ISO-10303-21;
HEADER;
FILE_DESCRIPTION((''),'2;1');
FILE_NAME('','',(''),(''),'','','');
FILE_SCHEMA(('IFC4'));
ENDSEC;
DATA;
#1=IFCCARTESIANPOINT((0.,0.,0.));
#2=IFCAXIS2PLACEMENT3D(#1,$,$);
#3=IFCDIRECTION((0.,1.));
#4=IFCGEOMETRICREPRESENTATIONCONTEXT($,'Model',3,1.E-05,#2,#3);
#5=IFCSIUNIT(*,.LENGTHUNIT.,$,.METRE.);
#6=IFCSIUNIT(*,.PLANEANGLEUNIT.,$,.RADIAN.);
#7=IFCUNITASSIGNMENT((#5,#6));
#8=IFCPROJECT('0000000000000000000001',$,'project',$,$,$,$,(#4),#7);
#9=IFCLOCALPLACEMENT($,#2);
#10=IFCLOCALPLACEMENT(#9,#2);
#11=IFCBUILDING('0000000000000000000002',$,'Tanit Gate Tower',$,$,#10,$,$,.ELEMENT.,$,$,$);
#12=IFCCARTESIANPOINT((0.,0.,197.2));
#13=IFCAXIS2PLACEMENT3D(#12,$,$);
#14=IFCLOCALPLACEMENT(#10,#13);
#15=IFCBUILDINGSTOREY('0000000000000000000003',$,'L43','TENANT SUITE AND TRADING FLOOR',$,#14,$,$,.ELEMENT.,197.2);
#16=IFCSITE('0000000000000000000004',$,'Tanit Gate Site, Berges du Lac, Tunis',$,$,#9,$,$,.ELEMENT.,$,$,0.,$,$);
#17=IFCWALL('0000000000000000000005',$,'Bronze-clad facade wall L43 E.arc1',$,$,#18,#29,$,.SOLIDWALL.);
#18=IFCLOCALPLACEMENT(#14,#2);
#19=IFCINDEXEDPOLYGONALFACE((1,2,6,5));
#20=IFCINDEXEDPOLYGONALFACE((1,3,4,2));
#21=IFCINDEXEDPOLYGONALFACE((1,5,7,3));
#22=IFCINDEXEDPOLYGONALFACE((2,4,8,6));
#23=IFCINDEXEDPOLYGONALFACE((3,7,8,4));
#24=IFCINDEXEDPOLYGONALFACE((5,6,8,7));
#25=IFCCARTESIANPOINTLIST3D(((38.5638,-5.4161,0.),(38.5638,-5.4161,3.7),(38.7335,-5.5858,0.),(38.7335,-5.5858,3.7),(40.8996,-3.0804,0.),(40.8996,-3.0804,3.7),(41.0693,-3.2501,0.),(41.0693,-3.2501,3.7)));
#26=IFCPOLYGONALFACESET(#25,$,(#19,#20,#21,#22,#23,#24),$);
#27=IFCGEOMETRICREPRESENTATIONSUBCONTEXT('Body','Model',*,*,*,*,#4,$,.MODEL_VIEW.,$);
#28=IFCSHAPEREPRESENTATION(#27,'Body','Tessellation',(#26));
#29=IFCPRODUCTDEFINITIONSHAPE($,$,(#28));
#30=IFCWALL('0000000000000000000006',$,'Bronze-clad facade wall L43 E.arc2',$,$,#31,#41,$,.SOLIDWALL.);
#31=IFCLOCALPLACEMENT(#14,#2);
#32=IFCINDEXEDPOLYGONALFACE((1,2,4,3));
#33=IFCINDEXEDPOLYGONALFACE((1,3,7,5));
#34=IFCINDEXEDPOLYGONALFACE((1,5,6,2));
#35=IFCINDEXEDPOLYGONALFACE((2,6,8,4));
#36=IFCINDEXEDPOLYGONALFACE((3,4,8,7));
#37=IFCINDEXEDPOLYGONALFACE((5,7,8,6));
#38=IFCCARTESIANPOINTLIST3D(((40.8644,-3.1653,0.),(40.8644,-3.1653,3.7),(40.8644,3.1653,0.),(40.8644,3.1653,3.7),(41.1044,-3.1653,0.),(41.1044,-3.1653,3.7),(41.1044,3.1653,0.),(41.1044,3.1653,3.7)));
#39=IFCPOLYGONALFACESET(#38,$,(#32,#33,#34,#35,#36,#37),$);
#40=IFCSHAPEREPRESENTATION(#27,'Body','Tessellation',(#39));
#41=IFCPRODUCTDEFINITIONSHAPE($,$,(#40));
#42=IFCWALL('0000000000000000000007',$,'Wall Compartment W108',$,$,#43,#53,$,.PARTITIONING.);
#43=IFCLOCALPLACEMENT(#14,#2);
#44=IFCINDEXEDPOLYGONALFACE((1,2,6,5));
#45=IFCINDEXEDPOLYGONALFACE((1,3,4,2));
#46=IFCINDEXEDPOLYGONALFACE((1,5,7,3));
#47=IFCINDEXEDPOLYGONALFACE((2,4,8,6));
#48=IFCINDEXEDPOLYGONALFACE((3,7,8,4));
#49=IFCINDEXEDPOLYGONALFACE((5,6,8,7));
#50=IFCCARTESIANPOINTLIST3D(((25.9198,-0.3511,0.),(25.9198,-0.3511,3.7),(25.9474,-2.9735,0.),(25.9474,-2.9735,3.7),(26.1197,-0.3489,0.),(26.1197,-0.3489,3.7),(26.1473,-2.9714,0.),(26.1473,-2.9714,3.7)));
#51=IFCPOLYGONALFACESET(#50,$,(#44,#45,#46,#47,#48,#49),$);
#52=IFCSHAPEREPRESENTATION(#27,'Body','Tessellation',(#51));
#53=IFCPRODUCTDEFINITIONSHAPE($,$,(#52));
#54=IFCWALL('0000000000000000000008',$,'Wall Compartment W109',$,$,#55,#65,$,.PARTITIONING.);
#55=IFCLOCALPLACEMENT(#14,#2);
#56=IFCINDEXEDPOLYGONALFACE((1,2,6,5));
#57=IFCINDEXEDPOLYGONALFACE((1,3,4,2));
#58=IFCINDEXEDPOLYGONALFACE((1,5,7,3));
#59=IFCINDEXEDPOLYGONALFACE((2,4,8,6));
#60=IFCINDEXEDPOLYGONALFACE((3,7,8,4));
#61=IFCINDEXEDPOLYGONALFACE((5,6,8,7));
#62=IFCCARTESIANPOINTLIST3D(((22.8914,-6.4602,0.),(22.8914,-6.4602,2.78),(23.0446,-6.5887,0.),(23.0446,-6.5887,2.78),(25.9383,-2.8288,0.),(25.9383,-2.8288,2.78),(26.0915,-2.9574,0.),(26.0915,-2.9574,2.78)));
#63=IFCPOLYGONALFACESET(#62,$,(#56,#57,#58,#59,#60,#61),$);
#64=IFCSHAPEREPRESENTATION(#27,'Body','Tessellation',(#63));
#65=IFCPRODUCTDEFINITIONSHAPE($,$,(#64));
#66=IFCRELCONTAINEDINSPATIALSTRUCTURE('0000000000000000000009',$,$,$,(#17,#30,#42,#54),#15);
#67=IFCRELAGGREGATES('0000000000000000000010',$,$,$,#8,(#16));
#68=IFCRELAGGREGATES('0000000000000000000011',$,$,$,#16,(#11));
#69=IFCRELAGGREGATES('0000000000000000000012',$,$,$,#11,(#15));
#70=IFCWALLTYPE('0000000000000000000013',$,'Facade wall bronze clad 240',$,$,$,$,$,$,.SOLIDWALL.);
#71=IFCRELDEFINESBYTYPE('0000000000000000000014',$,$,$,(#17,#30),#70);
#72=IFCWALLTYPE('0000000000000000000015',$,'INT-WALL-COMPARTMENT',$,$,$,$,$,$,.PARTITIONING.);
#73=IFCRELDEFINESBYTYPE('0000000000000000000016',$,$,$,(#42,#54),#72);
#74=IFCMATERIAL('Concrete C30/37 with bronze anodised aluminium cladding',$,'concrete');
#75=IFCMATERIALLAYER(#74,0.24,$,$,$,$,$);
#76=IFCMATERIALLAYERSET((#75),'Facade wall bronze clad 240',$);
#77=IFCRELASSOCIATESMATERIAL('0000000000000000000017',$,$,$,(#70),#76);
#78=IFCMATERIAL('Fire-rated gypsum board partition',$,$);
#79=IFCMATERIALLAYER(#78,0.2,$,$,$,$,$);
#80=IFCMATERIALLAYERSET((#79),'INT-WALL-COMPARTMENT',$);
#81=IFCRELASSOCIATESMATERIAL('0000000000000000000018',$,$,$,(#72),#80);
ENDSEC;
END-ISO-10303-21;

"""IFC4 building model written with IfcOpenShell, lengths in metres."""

from ifc_helpers import new_model, si_unit, direction, frame, frame_2d, origin, place, context, subcontext, project, spatial, rectangle, extrude, material, layer, layer_set, type_object, element, save


model = new_model("IFC4")

# Units and contexts
model_context = context("Model", 3, precision=1e-05, world=origin(), true_north=direction((0.0, 1.0)))
body_context = subcontext(model_context, "Body", "Model", "MODEL_VIEW")
ifc_project = project(units=[si_unit("LENGTHUNIT", "METRE"), si_unit("PLANEANGLEUNIT", "RADIAN")], contexts=[model_context])

# Site, building, storey
site_placement = place(None, origin())
site = spatial("IfcSite", under=ifc_project, at=site_placement, Name="Tanit Gate Site, Berges du Lac, Tunis", CompositionType="ELEMENT", RefElevation=0.0)
building_placement = place(site_placement, origin())
building = spatial("IfcBuilding", under=site, at=building_placement, Name="Tanit Gate Tower", CompositionType="ELEMENT")
storey_placement = place(building_placement, frame((0.0, 0.0, 197.2)))
storey = spatial("IfcBuildingStorey", under=building, at=storey_placement, Name="L43", Description="TENANT SUITE AND TRADING FLOOR", CompositionType="ELEMENT", Elevation=197.2)

# Walls
ifc_material_1 = material(Name="Concrete C30/37 with bronze anodised aluminium cladding", Category="concrete")
ifc_layer_1 = layer(ifc_material_1, 0.24)
ifc_layer_set_1 = layer_set([ifc_layer_1], Name="Facade wall bronze clad 240")
wall_type_1 = type_object("IfcWallType", Name="Facade wall bronze clad 240", PredefinedType="SOLIDWALL", material=ifc_layer_set_1)
wall_1_placement = place(storey_placement, frame((38.6487, -5.501, 0.0), z_axis=(0.0, 0.0, 1.0), x_axis=(0.707107, 0.707107, 0.0)))
element("IfcWall", 1, at=wall_1_placement, inside=storey, type_object=wall_type_1, Name="Bronze-clad facade wall L43 E.arc1", PredefinedType="SOLIDWALL", context=body_context, shape_type="SweptSolid", body=[
    extrude(rectangle(XDim=3.3032, YDim=0.24, at=frame_2d((1.6516, 0.0))), origin(), (0.0, 0.0, 1.0), 3.7),
])
wall_2_placement = place(storey_placement, frame((40.9844, -3.1653, 0.0), z_axis=(0.0, 0.0, 1.0), x_axis=(0.0, 1.0, 0.0)))
element("IfcWall", 2, at=wall_2_placement, inside=storey, type_object=wall_type_1, Name="Bronze-clad facade wall L43 E.arc2", PredefinedType="SOLIDWALL", context=body_context, shape_type="SweptSolid", body=[
    extrude(rectangle(XDim=6.3306, YDim=0.24, at=frame_2d((3.1653, 0.0))), origin(), (0.0, 0.0, 1.0), 3.7),
])
ifc_material_2 = material(Name="Fire-rated gypsum board partition")
ifc_layer_2 = layer(ifc_material_2, 0.2)
ifc_layer_set_2 = layer_set([ifc_layer_2], Name="INT-WALL-COMPARTMENT")
wall_type_2 = type_object("IfcWallType", Name="INT-WALL-COMPARTMENT", PredefinedType="PARTITIONING", material=ifc_layer_set_2)
wall_3_placement = place(storey_placement, frame((26.0474, -2.9724, 0.0), z_axis=(0.0, 0.0, 1.0), x_axis=(-0.01052, 0.999945, 0.0)))
element("IfcWall", 3, at=wall_3_placement, inside=storey, type_object=wall_type_2, Name="Wall Compartment W108", PredefinedType="PARTITIONING", context=body_context, shape_type="SweptSolid", body=[
    extrude(rectangle(XDim=2.6226, YDim=0.2, at=frame_2d((1.3113, 0.0))), origin(), (0.0, 0.0, 1.0), 3.7),
])
wall_4_placement = place(storey_placement, frame((22.968, -6.5244, 0.0), z_axis=(0.0, 0.0, 1.0), x_axis=(0.642764, 0.766064, 0.0)))
element("IfcWall", 4, at=wall_4_placement, inside=storey, type_object=wall_type_2, Name="Wall Compartment W109", PredefinedType="PARTITIONING", context=body_context, shape_type="SweptSolid", body=[
    extrude(rectangle(XDim=4.7402, YDim=0.2, at=frame_2d((2.3701, 0.0))), origin(), (0.0, 0.0, 1.0), 2.78),
])

save(model, "model.ifc")
